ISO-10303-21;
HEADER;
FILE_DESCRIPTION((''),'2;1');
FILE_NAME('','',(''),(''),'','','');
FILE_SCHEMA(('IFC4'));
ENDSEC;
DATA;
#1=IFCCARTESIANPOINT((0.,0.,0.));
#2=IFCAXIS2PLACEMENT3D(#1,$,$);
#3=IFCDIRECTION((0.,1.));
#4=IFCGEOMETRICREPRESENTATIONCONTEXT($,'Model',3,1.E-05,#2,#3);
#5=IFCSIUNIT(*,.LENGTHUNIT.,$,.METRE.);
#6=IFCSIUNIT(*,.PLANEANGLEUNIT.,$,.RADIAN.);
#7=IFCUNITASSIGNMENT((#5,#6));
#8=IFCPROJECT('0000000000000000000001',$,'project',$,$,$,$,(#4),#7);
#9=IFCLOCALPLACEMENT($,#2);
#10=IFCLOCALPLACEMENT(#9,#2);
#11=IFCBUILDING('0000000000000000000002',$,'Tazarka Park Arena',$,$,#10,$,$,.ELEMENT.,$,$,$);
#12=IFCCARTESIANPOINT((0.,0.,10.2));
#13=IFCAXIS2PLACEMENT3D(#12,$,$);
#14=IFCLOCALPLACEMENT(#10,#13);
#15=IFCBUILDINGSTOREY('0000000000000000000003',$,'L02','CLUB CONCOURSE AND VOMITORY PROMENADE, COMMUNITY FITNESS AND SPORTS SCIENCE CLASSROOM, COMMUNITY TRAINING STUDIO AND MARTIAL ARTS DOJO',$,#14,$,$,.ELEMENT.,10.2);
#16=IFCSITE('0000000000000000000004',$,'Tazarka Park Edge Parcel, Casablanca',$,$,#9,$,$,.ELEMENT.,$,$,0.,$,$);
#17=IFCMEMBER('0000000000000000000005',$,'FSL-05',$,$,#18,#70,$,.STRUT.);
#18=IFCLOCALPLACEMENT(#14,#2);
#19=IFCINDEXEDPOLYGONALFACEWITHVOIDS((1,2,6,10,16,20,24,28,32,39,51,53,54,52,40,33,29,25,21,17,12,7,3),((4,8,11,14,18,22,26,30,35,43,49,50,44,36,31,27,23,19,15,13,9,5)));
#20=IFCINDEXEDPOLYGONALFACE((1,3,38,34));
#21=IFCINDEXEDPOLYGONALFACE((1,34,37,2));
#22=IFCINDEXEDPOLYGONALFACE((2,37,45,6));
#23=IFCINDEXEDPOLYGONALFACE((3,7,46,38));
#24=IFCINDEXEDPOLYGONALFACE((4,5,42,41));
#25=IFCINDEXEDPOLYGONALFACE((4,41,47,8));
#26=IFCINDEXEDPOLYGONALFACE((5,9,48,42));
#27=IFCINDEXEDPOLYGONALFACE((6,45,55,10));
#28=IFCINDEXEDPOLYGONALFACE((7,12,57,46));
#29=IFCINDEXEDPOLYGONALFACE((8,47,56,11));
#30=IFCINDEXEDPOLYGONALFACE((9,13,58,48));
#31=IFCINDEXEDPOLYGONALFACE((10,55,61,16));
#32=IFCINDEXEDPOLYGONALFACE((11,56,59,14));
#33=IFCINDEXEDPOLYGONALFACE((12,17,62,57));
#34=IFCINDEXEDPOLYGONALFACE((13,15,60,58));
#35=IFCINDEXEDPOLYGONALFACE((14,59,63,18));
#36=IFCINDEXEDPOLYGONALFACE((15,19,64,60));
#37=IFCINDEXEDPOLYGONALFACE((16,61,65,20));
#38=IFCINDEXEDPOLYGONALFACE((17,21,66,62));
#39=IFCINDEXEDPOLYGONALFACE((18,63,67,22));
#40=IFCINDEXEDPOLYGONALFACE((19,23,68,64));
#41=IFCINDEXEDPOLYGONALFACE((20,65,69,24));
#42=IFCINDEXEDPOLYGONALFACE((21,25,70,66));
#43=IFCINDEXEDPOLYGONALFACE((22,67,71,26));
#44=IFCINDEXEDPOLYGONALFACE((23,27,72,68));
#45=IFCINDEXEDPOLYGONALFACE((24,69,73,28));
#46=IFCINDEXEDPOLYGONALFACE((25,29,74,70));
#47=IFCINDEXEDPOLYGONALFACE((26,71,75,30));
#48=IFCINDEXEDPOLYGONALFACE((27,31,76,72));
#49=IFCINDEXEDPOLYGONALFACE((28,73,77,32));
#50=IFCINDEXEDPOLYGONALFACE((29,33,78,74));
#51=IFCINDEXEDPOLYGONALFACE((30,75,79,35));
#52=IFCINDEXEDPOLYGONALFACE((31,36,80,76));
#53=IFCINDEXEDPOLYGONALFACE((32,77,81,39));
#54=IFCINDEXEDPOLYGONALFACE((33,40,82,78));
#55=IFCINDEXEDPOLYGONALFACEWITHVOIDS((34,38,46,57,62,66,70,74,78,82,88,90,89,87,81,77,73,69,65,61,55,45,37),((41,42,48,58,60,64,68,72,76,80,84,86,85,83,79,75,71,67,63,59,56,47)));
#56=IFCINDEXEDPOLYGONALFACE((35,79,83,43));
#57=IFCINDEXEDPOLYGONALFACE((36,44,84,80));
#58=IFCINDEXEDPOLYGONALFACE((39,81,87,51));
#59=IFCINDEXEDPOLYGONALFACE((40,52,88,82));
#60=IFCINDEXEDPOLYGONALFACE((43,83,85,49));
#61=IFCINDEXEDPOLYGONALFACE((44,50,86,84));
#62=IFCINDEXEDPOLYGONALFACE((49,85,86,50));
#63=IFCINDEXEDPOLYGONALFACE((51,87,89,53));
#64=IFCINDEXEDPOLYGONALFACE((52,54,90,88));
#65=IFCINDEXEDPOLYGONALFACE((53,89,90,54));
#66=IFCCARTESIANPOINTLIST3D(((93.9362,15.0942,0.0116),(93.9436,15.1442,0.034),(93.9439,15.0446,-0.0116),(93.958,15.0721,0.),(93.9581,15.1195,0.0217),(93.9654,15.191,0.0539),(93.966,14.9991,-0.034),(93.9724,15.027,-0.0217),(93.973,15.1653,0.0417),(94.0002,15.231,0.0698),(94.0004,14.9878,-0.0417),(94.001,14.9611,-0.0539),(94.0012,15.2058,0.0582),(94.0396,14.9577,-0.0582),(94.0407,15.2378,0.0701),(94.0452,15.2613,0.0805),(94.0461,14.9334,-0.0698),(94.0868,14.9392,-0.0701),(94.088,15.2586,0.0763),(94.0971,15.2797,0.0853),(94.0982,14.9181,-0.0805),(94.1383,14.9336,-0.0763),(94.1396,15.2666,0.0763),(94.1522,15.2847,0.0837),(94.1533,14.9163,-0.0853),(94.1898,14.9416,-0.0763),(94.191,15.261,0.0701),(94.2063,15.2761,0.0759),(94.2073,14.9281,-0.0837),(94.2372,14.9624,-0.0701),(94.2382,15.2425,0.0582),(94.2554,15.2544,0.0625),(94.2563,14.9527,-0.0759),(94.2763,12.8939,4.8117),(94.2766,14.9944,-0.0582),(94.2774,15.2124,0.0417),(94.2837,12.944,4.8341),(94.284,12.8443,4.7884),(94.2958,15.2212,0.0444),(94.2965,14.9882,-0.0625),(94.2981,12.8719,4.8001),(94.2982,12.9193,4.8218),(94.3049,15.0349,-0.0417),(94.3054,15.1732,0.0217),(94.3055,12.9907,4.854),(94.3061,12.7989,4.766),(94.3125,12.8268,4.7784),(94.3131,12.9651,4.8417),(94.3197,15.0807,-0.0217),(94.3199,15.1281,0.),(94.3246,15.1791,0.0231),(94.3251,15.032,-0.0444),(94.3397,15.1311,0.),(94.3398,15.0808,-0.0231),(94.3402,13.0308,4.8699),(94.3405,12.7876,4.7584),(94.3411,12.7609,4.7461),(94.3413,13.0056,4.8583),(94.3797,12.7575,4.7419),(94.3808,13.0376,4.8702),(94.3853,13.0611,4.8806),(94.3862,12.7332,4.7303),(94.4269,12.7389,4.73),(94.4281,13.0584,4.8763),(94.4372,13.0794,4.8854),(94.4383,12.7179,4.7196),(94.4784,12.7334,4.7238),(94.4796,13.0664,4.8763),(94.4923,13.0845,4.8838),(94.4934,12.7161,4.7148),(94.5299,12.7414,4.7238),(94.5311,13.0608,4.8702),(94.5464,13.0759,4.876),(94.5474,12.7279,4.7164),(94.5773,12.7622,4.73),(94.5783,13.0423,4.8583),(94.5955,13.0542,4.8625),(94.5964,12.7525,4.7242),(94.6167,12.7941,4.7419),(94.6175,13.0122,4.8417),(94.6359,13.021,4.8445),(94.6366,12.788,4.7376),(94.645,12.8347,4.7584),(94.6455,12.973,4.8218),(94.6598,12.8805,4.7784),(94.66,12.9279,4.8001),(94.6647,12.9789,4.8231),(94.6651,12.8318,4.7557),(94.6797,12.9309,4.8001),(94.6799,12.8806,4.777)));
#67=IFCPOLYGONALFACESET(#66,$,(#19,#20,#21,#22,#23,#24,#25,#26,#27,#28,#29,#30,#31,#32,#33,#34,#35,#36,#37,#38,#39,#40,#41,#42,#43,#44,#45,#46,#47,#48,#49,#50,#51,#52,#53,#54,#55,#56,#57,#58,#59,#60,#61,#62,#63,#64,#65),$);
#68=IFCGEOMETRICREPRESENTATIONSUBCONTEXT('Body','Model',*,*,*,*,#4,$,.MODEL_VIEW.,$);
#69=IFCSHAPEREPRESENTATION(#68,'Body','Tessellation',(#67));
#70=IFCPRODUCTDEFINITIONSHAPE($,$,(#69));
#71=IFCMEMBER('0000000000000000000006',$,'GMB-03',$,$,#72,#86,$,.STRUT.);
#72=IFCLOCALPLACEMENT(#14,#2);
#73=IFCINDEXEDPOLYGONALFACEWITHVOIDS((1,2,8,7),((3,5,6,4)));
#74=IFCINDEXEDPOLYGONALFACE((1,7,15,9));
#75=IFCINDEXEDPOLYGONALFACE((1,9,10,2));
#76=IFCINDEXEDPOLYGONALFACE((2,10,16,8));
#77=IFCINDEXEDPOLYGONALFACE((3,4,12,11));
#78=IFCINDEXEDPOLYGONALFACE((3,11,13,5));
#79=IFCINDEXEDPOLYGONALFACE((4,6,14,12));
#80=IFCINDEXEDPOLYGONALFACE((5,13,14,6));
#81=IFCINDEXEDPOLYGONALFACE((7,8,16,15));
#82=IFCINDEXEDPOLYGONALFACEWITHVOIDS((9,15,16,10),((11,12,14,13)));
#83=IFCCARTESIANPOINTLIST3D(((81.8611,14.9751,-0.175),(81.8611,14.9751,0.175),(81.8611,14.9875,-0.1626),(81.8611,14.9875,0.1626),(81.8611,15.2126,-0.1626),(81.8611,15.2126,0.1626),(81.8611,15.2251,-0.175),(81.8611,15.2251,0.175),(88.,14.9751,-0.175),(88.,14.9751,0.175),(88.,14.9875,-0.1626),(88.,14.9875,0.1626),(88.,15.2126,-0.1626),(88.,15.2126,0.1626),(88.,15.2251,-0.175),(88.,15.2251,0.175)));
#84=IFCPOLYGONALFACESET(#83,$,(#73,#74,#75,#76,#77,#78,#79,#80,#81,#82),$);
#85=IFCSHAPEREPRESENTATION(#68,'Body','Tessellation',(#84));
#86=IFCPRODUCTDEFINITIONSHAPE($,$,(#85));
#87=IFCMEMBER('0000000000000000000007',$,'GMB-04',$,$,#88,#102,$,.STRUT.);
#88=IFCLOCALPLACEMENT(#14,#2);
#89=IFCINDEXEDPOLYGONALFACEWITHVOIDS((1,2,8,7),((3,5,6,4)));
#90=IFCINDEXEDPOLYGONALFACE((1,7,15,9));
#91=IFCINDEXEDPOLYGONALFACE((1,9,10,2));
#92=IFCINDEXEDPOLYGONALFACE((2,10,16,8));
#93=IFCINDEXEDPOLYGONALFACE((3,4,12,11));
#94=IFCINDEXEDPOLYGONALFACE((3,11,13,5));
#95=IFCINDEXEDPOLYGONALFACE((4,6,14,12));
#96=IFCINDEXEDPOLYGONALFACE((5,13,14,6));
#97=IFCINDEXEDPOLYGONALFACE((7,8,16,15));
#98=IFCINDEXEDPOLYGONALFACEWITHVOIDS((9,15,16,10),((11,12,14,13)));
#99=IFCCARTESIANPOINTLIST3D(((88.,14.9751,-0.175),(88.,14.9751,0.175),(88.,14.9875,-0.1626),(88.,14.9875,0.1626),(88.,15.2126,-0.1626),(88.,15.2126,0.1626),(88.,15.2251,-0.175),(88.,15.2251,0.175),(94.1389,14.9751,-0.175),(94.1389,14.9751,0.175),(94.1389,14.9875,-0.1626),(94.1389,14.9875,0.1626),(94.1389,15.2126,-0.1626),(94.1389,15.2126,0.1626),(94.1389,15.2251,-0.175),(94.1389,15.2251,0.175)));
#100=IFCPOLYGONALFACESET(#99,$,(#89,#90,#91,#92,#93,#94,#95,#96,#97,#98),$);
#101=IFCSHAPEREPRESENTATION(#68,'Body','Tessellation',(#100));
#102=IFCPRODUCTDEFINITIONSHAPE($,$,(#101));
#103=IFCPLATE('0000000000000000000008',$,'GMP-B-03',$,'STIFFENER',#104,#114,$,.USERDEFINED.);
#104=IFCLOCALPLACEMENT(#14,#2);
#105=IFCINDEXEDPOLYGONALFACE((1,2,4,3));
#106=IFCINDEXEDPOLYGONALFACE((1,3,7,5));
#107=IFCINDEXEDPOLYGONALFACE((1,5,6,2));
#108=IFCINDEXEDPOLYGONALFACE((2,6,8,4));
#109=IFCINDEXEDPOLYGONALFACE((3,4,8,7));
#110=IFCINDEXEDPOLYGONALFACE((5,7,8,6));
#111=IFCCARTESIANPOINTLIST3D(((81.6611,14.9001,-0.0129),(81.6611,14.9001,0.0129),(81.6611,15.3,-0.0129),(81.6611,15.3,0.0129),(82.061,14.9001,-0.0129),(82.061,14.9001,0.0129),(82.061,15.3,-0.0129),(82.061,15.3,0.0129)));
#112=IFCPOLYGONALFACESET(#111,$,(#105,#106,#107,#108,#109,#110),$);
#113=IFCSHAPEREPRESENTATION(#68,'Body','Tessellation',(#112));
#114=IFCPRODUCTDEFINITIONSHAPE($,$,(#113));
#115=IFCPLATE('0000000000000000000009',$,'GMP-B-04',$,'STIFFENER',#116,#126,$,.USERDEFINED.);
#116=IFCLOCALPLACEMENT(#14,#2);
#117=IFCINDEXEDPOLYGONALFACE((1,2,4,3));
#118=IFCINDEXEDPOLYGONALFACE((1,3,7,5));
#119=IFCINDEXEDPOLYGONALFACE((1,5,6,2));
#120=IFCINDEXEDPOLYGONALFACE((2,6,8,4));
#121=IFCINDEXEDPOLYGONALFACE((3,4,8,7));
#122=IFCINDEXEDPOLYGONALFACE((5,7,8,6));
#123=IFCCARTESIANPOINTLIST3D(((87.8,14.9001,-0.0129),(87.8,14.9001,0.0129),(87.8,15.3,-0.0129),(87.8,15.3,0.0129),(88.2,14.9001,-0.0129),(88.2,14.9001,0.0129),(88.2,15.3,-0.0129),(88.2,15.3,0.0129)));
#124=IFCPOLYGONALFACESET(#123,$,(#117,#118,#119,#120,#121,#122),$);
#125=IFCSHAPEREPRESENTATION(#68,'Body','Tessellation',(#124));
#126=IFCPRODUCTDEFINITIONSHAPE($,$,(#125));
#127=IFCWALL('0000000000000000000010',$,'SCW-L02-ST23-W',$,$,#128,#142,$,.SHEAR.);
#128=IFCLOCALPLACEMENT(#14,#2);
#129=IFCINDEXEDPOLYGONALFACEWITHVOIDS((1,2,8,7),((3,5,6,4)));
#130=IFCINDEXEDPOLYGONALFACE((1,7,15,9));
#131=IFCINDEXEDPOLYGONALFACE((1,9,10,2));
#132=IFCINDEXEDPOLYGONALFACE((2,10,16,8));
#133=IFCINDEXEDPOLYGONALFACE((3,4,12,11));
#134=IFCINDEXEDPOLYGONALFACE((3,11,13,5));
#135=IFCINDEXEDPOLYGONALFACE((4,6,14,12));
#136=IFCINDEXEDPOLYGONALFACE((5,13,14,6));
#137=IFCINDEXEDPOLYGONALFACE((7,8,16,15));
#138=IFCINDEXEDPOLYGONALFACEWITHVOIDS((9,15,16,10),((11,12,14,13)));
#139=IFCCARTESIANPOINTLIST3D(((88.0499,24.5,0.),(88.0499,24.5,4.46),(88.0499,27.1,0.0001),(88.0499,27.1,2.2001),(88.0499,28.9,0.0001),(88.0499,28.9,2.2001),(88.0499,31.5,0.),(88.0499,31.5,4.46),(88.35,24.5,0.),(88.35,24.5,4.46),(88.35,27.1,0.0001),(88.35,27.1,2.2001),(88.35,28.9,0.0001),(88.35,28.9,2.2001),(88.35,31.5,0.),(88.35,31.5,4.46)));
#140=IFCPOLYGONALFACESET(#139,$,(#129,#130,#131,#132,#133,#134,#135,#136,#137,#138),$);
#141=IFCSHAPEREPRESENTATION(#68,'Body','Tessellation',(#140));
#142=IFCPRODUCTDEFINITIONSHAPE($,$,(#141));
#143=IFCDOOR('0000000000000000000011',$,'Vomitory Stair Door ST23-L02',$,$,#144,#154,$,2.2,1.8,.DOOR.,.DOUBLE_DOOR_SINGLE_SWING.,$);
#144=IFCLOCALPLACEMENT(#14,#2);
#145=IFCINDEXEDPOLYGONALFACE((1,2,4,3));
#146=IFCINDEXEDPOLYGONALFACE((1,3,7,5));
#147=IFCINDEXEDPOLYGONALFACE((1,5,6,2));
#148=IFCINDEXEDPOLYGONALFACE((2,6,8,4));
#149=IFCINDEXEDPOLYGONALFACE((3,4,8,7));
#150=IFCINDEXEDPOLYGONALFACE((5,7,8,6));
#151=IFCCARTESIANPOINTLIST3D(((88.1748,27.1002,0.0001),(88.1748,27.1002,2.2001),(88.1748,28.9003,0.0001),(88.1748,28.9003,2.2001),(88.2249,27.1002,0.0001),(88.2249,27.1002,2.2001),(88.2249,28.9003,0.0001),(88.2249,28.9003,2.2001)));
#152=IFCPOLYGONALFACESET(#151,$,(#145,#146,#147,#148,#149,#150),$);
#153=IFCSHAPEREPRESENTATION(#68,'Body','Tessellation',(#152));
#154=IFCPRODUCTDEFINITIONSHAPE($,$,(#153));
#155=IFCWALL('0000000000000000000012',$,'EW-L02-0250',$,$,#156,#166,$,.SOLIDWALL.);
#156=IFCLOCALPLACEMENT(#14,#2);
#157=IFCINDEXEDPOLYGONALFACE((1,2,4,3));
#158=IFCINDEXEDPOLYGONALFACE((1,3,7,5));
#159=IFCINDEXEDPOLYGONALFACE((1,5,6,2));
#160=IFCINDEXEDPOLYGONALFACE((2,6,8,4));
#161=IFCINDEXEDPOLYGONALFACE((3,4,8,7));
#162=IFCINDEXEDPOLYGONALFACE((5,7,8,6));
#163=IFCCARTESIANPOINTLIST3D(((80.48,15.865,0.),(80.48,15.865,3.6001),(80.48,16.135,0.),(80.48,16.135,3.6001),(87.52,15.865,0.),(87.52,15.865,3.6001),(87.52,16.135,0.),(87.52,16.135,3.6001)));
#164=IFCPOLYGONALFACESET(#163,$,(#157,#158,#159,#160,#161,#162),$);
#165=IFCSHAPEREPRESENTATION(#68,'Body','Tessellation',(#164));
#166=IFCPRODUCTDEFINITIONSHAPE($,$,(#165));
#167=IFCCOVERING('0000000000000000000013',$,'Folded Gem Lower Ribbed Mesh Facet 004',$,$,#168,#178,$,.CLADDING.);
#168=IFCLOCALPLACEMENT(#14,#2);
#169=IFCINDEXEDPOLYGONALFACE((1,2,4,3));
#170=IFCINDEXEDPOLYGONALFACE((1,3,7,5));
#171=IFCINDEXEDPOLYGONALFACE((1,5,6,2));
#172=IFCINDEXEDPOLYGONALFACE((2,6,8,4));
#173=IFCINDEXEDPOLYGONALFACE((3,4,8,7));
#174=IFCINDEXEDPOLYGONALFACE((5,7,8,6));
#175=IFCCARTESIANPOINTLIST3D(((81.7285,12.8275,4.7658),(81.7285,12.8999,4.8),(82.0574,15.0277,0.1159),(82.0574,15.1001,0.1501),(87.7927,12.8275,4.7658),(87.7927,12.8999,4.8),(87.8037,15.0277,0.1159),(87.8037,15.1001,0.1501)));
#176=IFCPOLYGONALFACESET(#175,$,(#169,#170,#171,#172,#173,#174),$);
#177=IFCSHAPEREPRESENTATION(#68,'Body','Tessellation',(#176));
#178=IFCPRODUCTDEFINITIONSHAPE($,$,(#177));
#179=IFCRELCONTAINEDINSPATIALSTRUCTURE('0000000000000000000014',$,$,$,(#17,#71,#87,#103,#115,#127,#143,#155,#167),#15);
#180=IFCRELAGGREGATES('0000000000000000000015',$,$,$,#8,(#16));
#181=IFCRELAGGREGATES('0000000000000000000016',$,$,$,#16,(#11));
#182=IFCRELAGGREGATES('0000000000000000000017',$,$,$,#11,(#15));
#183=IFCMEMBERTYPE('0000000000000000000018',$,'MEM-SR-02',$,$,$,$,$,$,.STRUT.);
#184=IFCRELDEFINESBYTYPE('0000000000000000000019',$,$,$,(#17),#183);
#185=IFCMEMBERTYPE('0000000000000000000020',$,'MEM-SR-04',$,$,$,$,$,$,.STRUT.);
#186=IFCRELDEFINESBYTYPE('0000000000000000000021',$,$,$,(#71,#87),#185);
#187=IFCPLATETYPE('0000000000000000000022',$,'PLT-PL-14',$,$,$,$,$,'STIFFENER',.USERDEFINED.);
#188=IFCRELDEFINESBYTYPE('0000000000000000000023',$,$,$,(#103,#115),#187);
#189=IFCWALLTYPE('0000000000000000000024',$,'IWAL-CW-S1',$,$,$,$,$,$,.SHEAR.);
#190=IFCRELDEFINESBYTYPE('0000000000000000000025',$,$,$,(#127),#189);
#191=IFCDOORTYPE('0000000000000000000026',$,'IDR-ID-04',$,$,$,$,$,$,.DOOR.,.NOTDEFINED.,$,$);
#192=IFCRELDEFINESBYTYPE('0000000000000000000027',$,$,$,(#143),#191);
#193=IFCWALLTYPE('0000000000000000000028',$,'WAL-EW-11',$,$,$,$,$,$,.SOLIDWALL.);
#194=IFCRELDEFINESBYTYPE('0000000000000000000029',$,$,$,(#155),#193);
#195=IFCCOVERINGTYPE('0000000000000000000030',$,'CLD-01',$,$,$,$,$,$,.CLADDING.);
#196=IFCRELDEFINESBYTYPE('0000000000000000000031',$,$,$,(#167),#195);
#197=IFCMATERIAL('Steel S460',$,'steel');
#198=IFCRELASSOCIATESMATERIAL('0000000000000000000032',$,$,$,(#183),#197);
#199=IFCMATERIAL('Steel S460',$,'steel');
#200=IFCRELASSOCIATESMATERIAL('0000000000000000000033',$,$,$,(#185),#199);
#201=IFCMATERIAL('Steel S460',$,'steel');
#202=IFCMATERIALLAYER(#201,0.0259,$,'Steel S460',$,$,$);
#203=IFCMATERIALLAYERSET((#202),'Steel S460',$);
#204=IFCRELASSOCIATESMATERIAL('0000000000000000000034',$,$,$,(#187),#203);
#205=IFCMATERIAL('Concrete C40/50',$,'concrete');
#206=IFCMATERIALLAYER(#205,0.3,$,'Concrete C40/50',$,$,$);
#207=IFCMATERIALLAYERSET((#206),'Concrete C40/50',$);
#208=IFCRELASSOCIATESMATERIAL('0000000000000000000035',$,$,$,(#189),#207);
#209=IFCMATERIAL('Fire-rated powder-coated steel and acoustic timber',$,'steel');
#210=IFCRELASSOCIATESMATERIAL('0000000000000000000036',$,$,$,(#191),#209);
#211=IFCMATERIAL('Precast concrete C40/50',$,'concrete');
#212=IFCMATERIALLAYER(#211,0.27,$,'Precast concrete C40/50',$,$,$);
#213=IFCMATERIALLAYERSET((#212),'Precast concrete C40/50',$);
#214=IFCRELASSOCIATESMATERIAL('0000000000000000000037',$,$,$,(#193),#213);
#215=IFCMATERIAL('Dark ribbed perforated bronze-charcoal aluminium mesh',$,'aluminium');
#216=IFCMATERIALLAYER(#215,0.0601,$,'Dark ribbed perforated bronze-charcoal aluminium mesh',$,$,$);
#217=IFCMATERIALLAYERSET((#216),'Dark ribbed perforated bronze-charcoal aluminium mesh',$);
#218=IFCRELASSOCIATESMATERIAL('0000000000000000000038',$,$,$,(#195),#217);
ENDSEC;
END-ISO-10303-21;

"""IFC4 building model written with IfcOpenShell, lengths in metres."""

from ifc_helpers import new_model, si_unit, direction, frame, frame_2d, origin, origin_2d, place, context, subcontext, project, spatial, polyline, rectangle, hollow_rectangle, hollow_circle, outline, extrude, material, layer, layer_set, material_profile, profile_set, type_object, element, fill, save


model = new_model("IFC4")

# Units and contexts
model_context = context("Model", 3, precision=1e-05, world=origin(), true_north=direction((0.0, 1.0)))
body_context = subcontext(model_context, "Body", "Model", "MODEL_VIEW")
ifc_project = project(units=[si_unit("LENGTHUNIT", "METRE"), si_unit("PLANEANGLEUNIT", "RADIAN")], contexts=[model_context])

# Site, building, storey
site_placement = place(None, origin())
site = spatial("IfcSite", under=ifc_project, at=site_placement, Name="Tazarka Park Edge Parcel, Casablanca", CompositionType="ELEMENT", RefElevation=0.0)
building_placement = place(site_placement, origin())
building = spatial("IfcBuilding", under=site, at=building_placement, Name="Tazarka Park Arena", CompositionType="ELEMENT")
storey_placement = place(building_placement, frame((0.0, 0.0, 10.2)))
storey = spatial("IfcBuildingStorey", under=building, at=storey_placement, Name="L02", Description="CLUB CONCOURSE AND VOMITORY PROMENADE, COMMUNITY FITNESS AND SPORTS SCIENCE CLASSROOM, COMMUNITY TRAINING STUDIO AND MARTIAL ARTS DOJO", CompositionType="ELEMENT", Elevation=10.2)

# Members
ifc_material_1 = material(Name="Steel S460", Category="steel")
ifc_material_profile_1 = material_profile(ifc_material_1, hollow_circle(Radius=0.2031, WallThickness=0.02, at=origin_2d()), Name="Steel S460")
ifc_profile_set_1 = profile_set([ifc_material_profile_1], Name="Steel S460")
member_type_1 = type_object("IfcMemberType", Name="MEM-SR-02", PredefinedType="STRUT", material=ifc_profile_set_1)
member_1_placement = place(storey_placement, frame((94.1389, 15.1001, 0.0), z_axis=(0.064274, -0.41582, 0.907173), x_axis=(0.988264, 0.152758, 0.0)))
element("IfcMember", 1, at=member_1_placement, inside=storey, type_object=member_type_1, Name="FSL-05", PredefinedType="STRUT", context=body_context, shape_type="SweptSolid", body=[
    extrude(hollow_circle(Radius=0.2031, WallThickness=0.02, at=origin_2d()), origin(), (0.0, 0.0, 1.0), 5.2913),
])
ifc_material_2 = material(Name="Steel S460", Category="steel")
ifc_material_profile_2 = material_profile(ifc_material_2, hollow_rectangle(XDim=0.25, YDim=0.3501, WallThickness=0.0125, at=origin_2d()), Name="Steel S460")
ifc_profile_set_2 = profile_set([ifc_material_profile_2], Name="Steel S460")
member_type_2 = type_object("IfcMemberType", Name="MEM-SR-04", PredefinedType="STRUT", material=ifc_profile_set_2)
for number, where, z_axis, x_axis, name in (
    (2, (81.8611, 15.1001, 0.0), (1.0, 0.0, 0.0), (0.0, 1.0, 0.0), "GMB-03"),
    (3, (88.0, 15.1001, 0.0), (1.0, 0.0, 0.0), (0.0, 1.0, 0.0), "GMB-04"),
):
    element("IfcMember", number, at=place(storey_placement, frame(where, z_axis=z_axis, x_axis=x_axis)), inside=storey, type_object=member_type_2, Name=name, PredefinedType="STRUT", context=body_context, shape_type="SweptSolid", body=[
        extrude(hollow_rectangle(XDim=0.25, YDim=0.3501, WallThickness=0.0125, at=origin_2d()), origin(), (0.0, 0.0, 1.0), 6.1389),
    ])

# Plates
ifc_material_3 = material(Name="Steel S460", Category="steel")
ifc_layer_1 = layer(ifc_material_3, 0.0259, Name="Steel S460")
ifc_layer_set_1 = layer_set([ifc_layer_1], Name="Steel S460")
plate_type = type_object("IfcPlateType", Name="PLT-PL-14", ElementType="STIFFENER", PredefinedType="USERDEFINED", material=ifc_layer_set_1)
for number, where, z_axis, x_axis, name in (
    (4, (81.8611, 15.1001, -0.0129), (0.0, 0.0, 1.0), (1.0, 0.0, 0.0), "GMP-B-03"),
    (5, (88.0, 15.1001, -0.0129), (0.0, 0.0, 1.0), (1.0, 0.0, 0.0), "GMP-B-04"),
):
    element("IfcPlate", number, at=place(storey_placement, frame(where, z_axis=z_axis, x_axis=x_axis)), inside=storey, type_object=plate_type, Name=name, ObjectType="STIFFENER", PredefinedType="USERDEFINED", context=body_context, shape_type="SweptSolid", body=[
        extrude(rectangle(XDim=0.3999, YDim=0.3999, at=origin_2d()), origin(), (0.0, 0.0, 1.0), 0.0259),
    ])

# Wall, opening, door
ifc_material_4 = material(Name="Concrete C40/50", Category="concrete")
ifc_layer_2 = layer(ifc_material_4, 0.3, Name="Concrete C40/50")
ifc_layer_set_2 = layer_set([ifc_layer_2], Name="Concrete C40/50")
wall_type_1 = type_object("IfcWallType", Name="IWAL-CW-S1", PredefinedType="SHEAR", material=ifc_layer_set_2)
wall_1_placement = place(storey_placement, frame((88.2, 24.5, 0.0), z_axis=(0.0, 0.0, 1.0), x_axis=(0.0, 1.0, 0.0)))
wall_1 = element("IfcWall", 6, at=wall_1_placement, inside=storey, type_object=wall_type_1, Name="SCW-L02-ST23-W", PredefinedType="SHEAR", context=body_context, shape_type="SweptSolid", body=[
    extrude(rectangle(XDim=7.0, YDim=0.3, at=frame_2d((3.5, 0.0))), origin(), (0.0, 0.0, 1.0), 4.46),
])
opening_placement = place(wall_1_placement, frame((2.6001, 0.0, 0.0)))
opening = element("IfcOpeningElement", 7, at=opening_placement, cuts=wall_1, PredefinedType="OPENING", context=body_context, shape_type="SweptSolid", body=[
    extrude(rectangle(XDim=1.8, YDim=2.2, at=frame_2d((0.8999, 1.1001))), frame((0.0, 0.1602, 0.0), z_axis=(0.0, -1.0, 0.0), x_axis=(1.0, 0.0, 0.0)), (0.0, 0.0, 1.0), 0.3201),
])
ifc_material_5 = material(Name="Fire-rated powder-coated steel and acoustic timber", Category="steel")
door_type = type_object("IfcDoorType", Name="IDR-ID-04", OperationType="NOTDEFINED", PredefinedType="DOOR", material=ifc_material_5)
door_placement = place(opening_placement, frame((1.8, 0.0, 0.0), z_axis=(0.0, 0.0, 1.0), x_axis=(-1.0, 0.0, 0.0)))
door = element("IfcDoor", 8, at=door_placement, inside=storey, type_object=door_type, Name="Vomitory Stair Door ST23-L02", OperationType="DOUBLE_DOOR_SINGLE_SWING", OverallHeight=2.2, OverallWidth=1.8, PredefinedType="DOOR", context=body_context, shape_type="SweptSolid", body=[
    extrude(rectangle(XDim=1.8, YDim=2.2, at=frame_2d((0.8999, 1.1001))), frame((0.0, 0.0249, 0.0), z_axis=(0.0, -1.0, 0.0), x_axis=(1.0, 0.0, 0.0)), (0.0, 0.0, 1.0), 0.05),
])
fill(opening, door)

# Wall
ifc_material_6 = material(Name="Precast concrete C40/50", Category="concrete")
ifc_layer_3 = layer(ifc_material_6, 0.27, Name="Precast concrete C40/50")
ifc_layer_set_3 = layer_set([ifc_layer_3], Name="Precast concrete C40/50")
wall_type_2 = type_object("IfcWallType", Name="WAL-EW-11", PredefinedType="SOLIDWALL", material=ifc_layer_set_3)
wall_2_placement = place(storey_placement, frame((87.52, 16.0, 0.0), z_axis=(0.0, 0.0, 1.0), x_axis=(-1.0, 0.0, 0.0)))
element("IfcWall", 9, at=wall_2_placement, inside=storey, type_object=wall_type_2, Name="EW-L02-0250", PredefinedType="SOLIDWALL", context=body_context, shape_type="SweptSolid", body=[
    extrude(rectangle(XDim=7.04, YDim=0.27, at=frame_2d((3.52, 0.0))), origin(), (0.0, 0.0, 1.0), 3.6001),
])

# Covering
ifc_material_7 = material(Name="Dark ribbed perforated bronze-charcoal aluminium mesh", Category="aluminium")
ifc_layer_4 = layer(ifc_material_7, 0.0601, Name="Dark ribbed perforated bronze-charcoal aluminium mesh")
ifc_layer_set_4 = layer_set([ifc_layer_4], Name="Dark ribbed perforated bronze-charcoal aluminium mesh")
covering_type = type_object("IfcCoveringType", Name="CLD-01", PredefinedType="CLADDING", material=ifc_layer_set_4)
covering_1_placement = place(storey_placement, frame((82.0574, 15.1001, 0.1501), z_axis=(0.0, 0.903918, 0.427707), x_axis=(1.0, 0.0, 0.0)))
element("IfcCovering", 10, at=covering_1_placement, inside=storey, type_object=covering_type, Name="Folded Gem Lower Ribbed Mesh Facet 004", PredefinedType="CLADDING", context=body_context, shape_type="SweptSolid", body=[
    extrude(outline(polyline([(0.0, 0.0), (5.7463, 0.0), (5.7354, -5.1442), (-0.3289, -5.1442), (0.0, 0.0)])), origin(), (0.0, 0.0, -1.0), 0.0801),
])

save(model, "model.ifc")
